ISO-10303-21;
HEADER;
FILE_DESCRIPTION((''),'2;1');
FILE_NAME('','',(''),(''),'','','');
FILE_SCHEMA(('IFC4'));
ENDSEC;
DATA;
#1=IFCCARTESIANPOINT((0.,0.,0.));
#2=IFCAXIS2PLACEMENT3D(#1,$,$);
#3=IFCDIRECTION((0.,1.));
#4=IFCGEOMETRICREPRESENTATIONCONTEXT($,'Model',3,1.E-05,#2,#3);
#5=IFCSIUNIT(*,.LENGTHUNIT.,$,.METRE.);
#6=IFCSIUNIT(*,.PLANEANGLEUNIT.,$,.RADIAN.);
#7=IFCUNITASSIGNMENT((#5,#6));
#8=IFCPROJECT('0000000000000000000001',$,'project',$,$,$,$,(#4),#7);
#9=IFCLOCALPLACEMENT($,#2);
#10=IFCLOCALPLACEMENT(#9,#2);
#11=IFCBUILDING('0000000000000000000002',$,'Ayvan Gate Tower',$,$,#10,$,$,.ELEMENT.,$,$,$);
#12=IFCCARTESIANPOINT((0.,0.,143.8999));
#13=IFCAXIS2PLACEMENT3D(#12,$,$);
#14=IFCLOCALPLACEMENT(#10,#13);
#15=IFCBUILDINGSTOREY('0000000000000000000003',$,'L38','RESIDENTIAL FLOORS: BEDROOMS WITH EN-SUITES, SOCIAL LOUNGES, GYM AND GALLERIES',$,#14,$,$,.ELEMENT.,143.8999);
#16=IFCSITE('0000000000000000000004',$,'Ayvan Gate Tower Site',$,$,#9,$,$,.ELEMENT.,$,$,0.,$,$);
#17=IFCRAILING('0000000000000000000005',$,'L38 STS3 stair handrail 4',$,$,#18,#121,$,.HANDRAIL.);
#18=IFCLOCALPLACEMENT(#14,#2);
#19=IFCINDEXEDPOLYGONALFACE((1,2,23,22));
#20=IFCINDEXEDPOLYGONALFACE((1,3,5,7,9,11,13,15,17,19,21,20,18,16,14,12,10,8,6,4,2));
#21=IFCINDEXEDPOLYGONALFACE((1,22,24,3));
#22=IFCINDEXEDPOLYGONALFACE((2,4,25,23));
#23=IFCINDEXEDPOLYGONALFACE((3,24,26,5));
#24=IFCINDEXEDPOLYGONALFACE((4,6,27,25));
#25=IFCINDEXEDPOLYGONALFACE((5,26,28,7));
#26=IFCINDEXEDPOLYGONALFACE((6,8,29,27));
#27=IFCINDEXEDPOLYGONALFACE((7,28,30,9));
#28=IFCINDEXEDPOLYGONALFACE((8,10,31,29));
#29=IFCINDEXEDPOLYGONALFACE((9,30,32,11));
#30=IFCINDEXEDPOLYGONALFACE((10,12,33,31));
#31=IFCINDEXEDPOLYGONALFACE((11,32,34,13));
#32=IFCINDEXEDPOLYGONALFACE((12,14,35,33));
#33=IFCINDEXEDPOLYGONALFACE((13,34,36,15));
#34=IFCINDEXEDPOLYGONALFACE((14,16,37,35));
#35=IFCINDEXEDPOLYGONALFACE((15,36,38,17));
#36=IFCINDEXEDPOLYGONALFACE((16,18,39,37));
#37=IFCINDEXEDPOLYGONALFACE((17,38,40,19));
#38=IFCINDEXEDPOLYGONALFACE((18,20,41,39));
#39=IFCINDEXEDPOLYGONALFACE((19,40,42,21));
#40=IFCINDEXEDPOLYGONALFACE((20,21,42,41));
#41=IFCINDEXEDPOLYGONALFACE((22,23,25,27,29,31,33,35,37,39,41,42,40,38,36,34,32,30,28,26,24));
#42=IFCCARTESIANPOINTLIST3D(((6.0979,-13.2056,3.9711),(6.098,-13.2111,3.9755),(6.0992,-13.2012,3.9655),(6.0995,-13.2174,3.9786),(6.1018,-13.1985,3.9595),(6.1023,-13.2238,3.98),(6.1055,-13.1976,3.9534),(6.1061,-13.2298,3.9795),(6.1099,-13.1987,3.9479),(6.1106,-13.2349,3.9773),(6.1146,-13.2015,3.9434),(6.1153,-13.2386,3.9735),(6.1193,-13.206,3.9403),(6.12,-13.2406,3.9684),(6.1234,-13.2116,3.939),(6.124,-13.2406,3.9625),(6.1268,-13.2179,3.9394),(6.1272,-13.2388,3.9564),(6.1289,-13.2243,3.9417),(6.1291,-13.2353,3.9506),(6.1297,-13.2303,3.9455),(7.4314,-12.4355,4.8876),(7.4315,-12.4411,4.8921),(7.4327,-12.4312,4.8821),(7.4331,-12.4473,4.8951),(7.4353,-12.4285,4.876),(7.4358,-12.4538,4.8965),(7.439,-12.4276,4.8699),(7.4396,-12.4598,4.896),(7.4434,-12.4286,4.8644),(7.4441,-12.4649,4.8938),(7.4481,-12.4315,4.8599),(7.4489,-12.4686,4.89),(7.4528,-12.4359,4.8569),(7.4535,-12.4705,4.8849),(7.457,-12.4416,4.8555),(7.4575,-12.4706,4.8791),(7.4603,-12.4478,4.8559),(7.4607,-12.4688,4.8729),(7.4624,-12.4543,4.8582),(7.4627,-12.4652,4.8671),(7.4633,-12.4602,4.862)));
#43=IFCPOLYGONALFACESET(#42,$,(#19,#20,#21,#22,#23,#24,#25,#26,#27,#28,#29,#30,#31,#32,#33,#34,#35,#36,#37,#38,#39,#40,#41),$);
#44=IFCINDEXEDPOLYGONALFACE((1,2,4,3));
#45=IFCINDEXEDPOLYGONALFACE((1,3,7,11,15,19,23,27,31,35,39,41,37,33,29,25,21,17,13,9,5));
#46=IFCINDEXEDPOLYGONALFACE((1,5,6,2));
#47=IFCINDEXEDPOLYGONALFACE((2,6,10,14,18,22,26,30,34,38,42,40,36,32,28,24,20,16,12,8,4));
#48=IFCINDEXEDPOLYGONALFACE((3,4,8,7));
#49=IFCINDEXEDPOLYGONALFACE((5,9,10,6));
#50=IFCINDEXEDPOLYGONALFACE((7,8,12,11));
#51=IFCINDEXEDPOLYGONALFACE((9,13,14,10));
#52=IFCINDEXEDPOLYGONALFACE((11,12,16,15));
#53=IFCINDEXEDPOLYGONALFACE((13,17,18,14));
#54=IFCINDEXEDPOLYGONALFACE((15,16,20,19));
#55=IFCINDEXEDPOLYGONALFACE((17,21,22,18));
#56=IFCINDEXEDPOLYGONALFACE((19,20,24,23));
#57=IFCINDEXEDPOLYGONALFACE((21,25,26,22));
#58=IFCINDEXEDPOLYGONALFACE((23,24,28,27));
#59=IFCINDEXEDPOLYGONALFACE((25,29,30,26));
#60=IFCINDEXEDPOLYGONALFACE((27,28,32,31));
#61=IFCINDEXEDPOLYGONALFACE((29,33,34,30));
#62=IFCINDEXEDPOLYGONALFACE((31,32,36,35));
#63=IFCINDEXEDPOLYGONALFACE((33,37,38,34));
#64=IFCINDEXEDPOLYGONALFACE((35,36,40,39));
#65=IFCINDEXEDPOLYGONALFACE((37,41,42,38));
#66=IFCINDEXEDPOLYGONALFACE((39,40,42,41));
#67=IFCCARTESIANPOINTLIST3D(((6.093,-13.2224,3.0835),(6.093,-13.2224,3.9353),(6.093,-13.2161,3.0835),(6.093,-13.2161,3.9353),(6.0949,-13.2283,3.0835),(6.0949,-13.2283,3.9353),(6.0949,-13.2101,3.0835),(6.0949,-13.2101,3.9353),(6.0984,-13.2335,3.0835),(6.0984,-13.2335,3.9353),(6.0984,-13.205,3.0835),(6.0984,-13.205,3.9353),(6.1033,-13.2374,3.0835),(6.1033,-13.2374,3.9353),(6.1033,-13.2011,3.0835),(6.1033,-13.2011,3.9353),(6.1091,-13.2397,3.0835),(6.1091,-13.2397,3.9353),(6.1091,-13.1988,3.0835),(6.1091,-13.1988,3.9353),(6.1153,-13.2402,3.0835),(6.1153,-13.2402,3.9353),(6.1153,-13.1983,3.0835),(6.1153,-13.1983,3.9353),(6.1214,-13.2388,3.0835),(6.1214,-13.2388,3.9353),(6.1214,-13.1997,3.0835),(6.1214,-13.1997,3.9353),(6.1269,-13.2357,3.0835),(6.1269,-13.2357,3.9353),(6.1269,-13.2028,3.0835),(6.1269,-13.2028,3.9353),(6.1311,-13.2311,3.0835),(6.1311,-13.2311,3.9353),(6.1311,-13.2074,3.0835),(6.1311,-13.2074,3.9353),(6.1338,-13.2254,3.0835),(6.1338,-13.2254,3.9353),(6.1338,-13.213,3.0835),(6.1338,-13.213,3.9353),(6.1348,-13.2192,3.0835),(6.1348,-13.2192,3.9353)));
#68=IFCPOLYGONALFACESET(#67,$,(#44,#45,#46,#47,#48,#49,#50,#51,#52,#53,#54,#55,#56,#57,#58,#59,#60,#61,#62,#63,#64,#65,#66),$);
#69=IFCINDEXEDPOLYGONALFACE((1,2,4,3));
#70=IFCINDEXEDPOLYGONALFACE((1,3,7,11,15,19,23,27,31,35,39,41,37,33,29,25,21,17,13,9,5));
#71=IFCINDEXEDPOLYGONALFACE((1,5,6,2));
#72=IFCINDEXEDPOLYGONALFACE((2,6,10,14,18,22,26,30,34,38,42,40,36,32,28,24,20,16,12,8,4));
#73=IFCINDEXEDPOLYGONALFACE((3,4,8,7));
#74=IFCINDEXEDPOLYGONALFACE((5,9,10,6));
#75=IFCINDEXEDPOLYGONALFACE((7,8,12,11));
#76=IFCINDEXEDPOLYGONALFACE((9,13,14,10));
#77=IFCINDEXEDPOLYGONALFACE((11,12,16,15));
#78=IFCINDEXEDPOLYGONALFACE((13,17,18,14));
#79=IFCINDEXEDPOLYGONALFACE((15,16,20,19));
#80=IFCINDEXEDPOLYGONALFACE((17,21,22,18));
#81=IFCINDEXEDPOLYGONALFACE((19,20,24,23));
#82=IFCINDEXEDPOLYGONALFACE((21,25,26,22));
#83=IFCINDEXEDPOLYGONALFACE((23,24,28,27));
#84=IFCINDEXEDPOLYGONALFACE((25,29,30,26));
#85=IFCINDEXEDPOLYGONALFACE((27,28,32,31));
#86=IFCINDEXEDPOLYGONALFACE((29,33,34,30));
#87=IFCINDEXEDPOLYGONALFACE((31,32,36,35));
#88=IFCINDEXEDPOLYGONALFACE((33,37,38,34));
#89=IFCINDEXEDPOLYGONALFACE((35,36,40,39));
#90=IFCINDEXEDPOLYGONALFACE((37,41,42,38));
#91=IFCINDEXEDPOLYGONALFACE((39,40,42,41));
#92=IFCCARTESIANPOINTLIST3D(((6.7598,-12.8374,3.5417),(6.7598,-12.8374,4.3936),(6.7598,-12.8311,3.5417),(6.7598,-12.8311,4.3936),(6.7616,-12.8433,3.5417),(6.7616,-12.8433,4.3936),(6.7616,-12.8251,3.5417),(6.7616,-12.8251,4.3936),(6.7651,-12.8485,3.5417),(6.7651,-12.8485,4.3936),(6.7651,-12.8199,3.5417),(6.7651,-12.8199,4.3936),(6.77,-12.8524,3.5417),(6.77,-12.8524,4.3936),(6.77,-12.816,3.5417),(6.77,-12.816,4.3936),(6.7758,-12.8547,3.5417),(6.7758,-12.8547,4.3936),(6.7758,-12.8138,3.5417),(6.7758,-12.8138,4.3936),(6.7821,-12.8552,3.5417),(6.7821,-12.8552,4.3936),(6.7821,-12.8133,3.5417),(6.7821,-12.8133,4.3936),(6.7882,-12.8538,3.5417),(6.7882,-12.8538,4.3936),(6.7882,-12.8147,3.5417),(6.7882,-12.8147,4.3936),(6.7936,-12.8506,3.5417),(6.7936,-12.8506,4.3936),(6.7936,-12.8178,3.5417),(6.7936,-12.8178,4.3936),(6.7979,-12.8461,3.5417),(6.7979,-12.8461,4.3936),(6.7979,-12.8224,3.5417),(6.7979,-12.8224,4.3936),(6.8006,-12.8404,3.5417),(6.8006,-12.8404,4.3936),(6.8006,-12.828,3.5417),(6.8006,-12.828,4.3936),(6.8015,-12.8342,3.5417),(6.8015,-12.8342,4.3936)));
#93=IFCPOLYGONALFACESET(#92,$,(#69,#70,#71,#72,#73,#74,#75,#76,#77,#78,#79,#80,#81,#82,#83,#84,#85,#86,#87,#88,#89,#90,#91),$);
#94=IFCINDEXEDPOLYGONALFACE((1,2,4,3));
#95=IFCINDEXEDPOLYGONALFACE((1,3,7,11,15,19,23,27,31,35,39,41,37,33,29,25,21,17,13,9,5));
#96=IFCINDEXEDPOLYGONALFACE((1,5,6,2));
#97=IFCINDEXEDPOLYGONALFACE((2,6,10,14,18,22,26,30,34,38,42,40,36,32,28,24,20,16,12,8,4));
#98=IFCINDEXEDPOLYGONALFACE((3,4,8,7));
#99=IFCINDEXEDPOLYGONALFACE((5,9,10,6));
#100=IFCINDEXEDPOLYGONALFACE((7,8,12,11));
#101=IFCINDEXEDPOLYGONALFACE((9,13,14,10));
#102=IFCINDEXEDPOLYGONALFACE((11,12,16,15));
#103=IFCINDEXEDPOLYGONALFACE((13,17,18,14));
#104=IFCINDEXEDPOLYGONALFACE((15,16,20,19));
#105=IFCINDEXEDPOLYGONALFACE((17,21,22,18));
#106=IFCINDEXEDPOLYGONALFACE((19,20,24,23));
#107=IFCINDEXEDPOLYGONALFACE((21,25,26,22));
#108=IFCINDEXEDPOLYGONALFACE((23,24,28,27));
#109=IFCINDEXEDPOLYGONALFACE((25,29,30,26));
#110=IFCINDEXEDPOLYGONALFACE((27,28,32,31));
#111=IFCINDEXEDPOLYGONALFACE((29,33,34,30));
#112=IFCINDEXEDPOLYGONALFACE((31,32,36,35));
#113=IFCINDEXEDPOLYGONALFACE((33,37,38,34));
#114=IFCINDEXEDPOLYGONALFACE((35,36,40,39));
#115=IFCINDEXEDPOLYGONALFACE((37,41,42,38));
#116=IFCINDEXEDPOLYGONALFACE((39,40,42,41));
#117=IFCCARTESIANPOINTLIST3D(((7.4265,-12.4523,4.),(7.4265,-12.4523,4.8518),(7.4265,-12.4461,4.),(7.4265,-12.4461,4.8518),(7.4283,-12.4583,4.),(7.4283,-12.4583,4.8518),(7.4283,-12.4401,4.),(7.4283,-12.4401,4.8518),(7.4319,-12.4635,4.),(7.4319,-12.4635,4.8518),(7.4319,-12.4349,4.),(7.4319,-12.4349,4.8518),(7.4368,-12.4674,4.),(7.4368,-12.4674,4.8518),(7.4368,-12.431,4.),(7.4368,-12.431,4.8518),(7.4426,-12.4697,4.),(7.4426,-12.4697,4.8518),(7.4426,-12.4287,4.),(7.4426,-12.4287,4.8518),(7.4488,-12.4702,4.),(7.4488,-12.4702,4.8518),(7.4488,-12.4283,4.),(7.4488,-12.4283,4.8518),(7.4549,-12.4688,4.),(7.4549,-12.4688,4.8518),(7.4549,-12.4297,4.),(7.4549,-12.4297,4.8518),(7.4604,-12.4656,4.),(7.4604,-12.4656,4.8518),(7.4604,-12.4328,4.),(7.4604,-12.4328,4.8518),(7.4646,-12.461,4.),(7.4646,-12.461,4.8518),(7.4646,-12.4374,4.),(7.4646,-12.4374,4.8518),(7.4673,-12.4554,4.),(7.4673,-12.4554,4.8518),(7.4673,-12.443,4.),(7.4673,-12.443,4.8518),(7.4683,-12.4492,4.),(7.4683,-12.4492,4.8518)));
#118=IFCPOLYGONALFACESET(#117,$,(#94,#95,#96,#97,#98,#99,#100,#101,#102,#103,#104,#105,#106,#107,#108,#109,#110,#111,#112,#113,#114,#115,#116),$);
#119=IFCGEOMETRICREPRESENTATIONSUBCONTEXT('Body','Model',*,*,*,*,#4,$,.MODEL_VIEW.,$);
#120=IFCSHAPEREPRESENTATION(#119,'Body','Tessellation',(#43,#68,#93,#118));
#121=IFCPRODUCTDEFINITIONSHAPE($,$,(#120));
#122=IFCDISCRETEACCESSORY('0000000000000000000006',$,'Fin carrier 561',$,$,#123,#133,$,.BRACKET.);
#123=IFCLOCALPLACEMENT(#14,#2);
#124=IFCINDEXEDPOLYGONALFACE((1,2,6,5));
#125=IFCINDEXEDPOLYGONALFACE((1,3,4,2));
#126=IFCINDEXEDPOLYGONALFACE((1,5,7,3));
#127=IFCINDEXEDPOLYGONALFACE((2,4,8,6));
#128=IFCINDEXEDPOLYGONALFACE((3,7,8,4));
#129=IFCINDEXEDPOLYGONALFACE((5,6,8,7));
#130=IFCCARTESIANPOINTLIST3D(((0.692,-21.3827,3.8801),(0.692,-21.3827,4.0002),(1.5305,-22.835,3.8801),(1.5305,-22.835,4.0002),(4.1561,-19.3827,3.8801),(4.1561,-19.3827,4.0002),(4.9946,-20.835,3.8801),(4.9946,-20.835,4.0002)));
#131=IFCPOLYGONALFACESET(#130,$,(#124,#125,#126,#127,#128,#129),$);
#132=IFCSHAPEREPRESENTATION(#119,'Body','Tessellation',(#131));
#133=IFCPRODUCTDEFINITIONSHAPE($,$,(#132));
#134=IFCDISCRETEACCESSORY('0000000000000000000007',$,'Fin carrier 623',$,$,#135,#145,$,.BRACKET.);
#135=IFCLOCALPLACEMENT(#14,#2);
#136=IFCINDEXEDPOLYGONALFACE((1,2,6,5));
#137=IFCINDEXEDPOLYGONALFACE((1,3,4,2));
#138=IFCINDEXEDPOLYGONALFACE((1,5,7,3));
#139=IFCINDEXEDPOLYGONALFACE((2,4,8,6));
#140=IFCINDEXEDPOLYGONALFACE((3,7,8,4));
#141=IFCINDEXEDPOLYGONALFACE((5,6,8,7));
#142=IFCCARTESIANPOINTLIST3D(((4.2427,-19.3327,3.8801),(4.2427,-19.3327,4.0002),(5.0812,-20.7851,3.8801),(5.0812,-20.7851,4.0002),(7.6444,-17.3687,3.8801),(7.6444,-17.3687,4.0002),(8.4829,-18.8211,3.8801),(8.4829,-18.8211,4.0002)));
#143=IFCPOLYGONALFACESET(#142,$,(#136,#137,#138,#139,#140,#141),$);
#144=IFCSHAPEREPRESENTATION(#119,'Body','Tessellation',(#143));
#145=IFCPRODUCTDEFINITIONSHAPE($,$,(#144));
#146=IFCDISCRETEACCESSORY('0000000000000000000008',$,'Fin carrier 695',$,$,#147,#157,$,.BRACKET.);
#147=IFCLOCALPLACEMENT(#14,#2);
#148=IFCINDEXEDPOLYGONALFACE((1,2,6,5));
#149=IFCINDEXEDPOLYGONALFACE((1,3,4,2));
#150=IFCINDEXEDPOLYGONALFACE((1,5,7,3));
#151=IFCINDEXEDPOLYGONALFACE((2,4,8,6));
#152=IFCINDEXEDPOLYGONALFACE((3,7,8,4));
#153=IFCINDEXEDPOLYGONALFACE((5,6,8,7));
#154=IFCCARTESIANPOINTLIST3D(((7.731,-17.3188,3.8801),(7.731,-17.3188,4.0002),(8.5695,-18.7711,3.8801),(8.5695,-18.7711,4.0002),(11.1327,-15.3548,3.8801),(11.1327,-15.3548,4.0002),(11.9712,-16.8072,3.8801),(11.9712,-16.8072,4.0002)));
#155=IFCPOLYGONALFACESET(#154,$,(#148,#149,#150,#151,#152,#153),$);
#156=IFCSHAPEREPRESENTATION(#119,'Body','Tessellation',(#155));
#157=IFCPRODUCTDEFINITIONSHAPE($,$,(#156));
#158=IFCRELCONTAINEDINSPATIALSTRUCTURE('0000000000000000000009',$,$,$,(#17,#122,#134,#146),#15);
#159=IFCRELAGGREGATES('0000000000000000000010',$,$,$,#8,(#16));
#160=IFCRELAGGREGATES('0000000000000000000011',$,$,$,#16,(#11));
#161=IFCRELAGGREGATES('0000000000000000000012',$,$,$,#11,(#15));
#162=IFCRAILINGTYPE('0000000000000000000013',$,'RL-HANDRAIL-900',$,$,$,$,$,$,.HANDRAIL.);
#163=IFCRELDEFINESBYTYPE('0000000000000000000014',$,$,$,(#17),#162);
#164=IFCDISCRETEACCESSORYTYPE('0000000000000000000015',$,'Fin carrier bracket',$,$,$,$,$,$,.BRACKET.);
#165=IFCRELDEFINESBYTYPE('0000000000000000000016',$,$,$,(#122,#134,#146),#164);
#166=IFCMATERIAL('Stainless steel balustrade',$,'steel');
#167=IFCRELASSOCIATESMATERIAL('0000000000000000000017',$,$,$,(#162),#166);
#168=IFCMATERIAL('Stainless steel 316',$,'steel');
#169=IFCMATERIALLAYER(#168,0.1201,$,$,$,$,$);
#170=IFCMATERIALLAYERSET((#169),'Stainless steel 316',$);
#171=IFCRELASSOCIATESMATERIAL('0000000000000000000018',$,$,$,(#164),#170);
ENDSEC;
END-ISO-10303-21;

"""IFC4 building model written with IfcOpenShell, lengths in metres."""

from ifc_helpers import new_model, si_unit, direction, frame, origin, origin_2d, place, context, subcontext, project, spatial, rectangle, circle, extrude, material, layer, layer_set, type_object, element, save


model = new_model("IFC4")

# Units and contexts
model_context = context("Model", 3, precision=1e-05, world=origin(), true_north=direction((0.0, 1.0)))
body_context = subcontext(model_context, "Body", "Model", "MODEL_VIEW")
ifc_project = project(units=[si_unit("LENGTHUNIT", "METRE"), si_unit("PLANEANGLEUNIT", "RADIAN")], contexts=[model_context])

# Site, building, storey
site_placement = place(None, origin())
site = spatial("IfcSite", under=ifc_project, at=site_placement, Name="Ayvan Gate Tower Site", CompositionType="ELEMENT", RefElevation=0.0)
building_placement = place(site_placement, origin())
building = spatial("IfcBuilding", under=site, at=building_placement, Name="Ayvan Gate Tower", CompositionType="ELEMENT")
storey_placement = place(building_placement, frame((0.0, 0.0, 143.8999)))
storey = spatial("IfcBuildingStorey", under=building, at=storey_placement, Name="L38", Description="RESIDENTIAL FLOORS: BEDROOMS WITH EN-SUITES, SOCIAL LOUNGES, GYM AND GALLERIES", CompositionType="ELEMENT", Elevation=143.8999)

# Railing
ifc_material_1 = material(Name="Stainless steel balustrade", Category="steel")
railing_type_1 = type_object("IfcRailingType", Name="RL-HANDRAIL-900", PredefinedType="HANDRAIL", material=ifc_material_1)
railing_1_placement = place(storey_placement, frame((6.1138, -13.2192, 3.0835)))
element("IfcRailing", 1, at=railing_1_placement, inside=storey, type_object=railing_type_1, Name="L38 STS3 stair handrail 4", PredefinedType="HANDRAIL", context=body_context, shape_type="SweptSolid", body=[
    extrude(circle(Radius=0.0239, at=origin_2d()), frame((0.0, 0.0, 0.876), z_axis=(0.744155, 0.429708, 0.511453), x_axis=(-0.500061, 0.86599, 0.0)), (0.0, 0.0, 1.0), 1.792),
    extrude(circle(Radius=0.021, at=origin_2d()), origin(), (0.0, 0.0, 1.0), 0.8518),
    extrude(circle(Radius=0.021, at=origin_2d()), frame((0.6667, 0.385, 0.4583)), (0.0, 0.0, 1.0), 0.8518),
    extrude(circle(Radius=0.021, at=origin_2d()), frame((1.3335, 0.77, 0.9165)), (0.0, 0.0, 1.0), 0.8518),
])

# Discrete accessories
ifc_material_2 = material(Name="Stainless steel 316", Category="steel")
ifc_layer_1 = layer(ifc_material_2, 0.1201)
ifc_layer_set_1 = layer_set([ifc_layer_1], Name="Stainless steel 316")
discrete_accessory_type = type_object("IfcDiscreteAccessoryType", Name="Fin carrier bracket", PredefinedType="BRACKET", material=ifc_layer_set_1)
discrete_accessory_placement = place(storey_placement, frame((2.8433, -21.1089, 3.8801), z_axis=(0.0, 0.0, 1.0), x_axis=(0.866025, 0.5, 0.0)))
element("IfcDiscreteAccessory", 2, at=discrete_accessory_placement, inside=storey, type_object=discrete_accessory_type, Name="Fin carrier 561", PredefinedType="BRACKET", context=body_context, shape_type="SweptSolid", body=[
    extrude(rectangle(XDim=4.0, YDim=1.677, at=origin_2d()), origin(), (0.0, 0.0, 1.0), 0.1201),
])
for number, where, z_axis, x_axis, name in (
    (3, (6.3628, -19.0769, 3.8801), (0.0, 0.0, 1.0), (0.866025, 0.5, 0.0), "Fin carrier 623"),
    (4, (9.8511, -17.063, 3.8801), (0.0, 0.0, 1.0), (0.866025, 0.5, 0.0), "Fin carrier 695"),
):
    element("IfcDiscreteAccessory", number, at=place(storey_placement, frame(where, z_axis=z_axis, x_axis=x_axis)), inside=storey, type_object=discrete_accessory_type, Name=name, PredefinedType="BRACKET", context=body_context, shape_type="SweptSolid", body=[
        extrude(rectangle(XDim=3.928, YDim=1.677, at=origin_2d()), origin(), (0.0, 0.0, 1.0), 0.1201),
    ])

save(model, "model.ifc")
